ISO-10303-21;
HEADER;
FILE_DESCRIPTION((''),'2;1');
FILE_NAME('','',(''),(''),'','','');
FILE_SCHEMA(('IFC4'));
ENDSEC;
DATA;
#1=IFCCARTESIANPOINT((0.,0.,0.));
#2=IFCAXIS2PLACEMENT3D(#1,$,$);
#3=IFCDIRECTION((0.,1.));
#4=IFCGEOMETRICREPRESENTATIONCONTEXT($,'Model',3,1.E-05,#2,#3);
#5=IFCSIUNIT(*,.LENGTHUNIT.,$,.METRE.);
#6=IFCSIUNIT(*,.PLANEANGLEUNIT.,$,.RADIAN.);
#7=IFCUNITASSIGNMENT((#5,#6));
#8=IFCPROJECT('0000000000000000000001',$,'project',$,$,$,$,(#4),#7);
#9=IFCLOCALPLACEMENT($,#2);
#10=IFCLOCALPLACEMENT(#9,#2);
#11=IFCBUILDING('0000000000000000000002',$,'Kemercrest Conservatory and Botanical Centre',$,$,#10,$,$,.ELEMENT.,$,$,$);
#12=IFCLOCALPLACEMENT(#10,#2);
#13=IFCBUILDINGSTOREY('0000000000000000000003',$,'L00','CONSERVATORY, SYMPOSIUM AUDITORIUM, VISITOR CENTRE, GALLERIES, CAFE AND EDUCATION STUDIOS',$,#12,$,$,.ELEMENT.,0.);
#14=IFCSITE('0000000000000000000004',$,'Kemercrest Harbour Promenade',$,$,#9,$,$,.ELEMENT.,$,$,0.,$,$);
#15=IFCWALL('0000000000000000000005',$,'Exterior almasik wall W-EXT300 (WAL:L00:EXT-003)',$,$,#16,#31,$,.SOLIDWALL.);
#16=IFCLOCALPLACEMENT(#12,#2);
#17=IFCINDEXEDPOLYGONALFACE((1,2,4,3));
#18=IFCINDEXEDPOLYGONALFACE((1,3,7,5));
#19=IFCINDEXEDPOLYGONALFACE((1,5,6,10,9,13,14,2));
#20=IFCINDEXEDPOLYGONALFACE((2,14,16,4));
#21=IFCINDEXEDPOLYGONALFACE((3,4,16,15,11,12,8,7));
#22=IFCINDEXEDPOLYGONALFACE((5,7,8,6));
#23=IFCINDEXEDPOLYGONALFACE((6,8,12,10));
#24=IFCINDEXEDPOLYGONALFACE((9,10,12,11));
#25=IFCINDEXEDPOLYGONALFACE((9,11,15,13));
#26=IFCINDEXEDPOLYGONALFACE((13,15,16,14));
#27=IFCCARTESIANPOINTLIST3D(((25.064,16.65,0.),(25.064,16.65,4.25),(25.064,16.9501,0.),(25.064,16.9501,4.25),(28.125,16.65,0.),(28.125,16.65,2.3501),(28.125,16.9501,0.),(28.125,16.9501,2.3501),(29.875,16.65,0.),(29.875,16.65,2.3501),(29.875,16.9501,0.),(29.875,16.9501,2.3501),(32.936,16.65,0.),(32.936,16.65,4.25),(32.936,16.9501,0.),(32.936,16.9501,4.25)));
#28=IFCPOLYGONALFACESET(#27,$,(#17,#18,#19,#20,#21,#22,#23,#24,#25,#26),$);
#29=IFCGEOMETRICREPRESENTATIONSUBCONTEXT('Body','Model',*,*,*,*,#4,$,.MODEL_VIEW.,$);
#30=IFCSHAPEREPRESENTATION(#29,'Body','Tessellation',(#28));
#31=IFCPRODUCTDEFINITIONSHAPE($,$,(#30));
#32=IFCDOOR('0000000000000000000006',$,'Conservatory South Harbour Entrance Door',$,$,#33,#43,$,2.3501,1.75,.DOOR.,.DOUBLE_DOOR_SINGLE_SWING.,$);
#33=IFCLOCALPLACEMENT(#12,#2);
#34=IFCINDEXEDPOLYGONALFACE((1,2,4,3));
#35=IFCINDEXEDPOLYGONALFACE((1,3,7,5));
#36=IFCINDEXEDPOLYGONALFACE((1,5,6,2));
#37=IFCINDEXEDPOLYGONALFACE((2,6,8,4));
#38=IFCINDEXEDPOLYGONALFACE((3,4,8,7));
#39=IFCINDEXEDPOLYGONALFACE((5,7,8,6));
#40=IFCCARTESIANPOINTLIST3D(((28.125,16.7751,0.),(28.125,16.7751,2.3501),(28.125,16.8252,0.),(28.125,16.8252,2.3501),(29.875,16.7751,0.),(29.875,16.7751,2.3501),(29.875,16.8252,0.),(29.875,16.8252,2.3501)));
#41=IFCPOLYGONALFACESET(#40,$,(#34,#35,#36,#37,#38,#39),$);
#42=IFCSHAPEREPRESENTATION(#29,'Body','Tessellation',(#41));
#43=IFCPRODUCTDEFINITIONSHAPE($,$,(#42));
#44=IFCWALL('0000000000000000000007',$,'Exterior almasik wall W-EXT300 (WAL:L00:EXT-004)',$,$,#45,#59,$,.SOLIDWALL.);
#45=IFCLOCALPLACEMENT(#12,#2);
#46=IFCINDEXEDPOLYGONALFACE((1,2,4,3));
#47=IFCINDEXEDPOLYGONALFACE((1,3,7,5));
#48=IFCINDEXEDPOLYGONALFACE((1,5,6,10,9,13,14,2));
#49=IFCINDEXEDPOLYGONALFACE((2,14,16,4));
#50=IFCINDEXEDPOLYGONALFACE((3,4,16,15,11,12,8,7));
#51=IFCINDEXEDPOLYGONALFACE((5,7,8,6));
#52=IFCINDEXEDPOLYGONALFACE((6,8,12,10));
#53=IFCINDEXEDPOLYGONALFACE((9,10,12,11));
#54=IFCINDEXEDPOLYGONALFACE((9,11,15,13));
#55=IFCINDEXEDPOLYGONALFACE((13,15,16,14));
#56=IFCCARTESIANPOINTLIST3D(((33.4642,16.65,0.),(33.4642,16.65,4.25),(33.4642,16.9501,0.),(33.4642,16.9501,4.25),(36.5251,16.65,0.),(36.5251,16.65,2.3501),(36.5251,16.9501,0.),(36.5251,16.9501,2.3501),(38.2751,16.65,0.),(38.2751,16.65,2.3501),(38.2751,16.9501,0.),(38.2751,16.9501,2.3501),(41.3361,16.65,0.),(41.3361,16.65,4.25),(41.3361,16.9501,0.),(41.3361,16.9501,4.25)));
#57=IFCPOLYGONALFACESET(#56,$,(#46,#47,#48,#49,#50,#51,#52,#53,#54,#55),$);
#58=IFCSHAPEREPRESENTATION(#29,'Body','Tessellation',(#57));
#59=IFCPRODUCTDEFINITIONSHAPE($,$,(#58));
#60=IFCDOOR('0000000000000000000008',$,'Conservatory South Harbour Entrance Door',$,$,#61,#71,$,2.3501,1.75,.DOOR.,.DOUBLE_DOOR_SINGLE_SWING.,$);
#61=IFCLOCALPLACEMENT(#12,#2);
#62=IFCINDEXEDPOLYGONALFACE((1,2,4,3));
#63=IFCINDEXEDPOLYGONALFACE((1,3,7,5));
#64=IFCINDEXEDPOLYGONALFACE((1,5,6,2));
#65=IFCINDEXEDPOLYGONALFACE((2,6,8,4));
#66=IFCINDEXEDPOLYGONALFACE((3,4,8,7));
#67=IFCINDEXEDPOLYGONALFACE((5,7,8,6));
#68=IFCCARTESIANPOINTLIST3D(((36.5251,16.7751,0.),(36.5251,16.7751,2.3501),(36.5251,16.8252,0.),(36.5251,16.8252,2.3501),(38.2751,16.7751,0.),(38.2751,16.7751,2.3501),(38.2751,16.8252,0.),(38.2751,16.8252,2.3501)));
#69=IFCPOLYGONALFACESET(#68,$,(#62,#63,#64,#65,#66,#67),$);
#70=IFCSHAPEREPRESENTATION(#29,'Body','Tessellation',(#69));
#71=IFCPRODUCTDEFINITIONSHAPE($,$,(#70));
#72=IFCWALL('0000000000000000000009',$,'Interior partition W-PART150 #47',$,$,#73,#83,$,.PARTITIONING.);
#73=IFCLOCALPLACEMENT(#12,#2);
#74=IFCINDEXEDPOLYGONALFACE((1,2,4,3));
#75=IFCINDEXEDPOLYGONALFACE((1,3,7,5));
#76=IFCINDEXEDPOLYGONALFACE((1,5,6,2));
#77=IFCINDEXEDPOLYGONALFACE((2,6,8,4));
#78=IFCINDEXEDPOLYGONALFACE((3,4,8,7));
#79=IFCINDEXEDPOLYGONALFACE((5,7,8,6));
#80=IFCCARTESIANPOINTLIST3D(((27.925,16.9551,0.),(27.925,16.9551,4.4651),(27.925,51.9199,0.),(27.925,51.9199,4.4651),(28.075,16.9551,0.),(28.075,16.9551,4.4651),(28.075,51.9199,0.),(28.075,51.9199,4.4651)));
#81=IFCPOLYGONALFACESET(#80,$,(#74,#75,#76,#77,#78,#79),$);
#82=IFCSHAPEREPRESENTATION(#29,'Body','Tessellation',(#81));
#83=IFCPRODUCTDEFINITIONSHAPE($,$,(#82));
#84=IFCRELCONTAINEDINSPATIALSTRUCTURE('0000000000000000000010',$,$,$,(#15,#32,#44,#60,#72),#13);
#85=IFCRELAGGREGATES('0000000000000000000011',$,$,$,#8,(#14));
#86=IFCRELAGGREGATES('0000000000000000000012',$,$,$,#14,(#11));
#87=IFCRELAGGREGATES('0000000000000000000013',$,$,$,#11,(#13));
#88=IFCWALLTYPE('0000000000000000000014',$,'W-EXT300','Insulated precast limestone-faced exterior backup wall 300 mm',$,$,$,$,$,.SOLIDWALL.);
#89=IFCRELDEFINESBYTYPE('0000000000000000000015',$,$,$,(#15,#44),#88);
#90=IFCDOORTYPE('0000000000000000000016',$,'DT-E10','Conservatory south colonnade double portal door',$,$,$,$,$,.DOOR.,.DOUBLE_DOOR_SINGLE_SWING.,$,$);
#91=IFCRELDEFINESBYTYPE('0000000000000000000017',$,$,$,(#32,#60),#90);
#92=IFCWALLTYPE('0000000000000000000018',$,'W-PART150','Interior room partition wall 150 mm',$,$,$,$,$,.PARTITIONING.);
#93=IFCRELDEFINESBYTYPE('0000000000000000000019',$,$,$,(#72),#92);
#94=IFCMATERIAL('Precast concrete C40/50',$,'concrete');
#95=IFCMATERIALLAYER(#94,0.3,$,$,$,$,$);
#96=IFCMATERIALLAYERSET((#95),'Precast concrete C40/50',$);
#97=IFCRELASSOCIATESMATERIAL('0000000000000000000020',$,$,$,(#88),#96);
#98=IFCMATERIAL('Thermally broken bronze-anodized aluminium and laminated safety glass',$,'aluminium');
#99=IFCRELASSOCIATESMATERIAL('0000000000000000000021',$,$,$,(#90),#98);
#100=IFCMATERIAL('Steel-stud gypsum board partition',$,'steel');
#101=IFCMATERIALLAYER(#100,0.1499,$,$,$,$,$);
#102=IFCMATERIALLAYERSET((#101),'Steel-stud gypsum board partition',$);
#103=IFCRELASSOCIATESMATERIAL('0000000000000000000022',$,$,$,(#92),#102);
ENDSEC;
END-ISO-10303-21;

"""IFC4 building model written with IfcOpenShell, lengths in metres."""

from ifc_helpers import new_model, si_unit, direction, frame, frame_2d, origin, place, context, subcontext, project, spatial, rectangle, extrude, material, layer, layer_set, type_object, element, fill, save


model = new_model("IFC4")

# Units and contexts
model_context = context("Model", 3, precision=1e-05, world=origin(), true_north=direction((0.0, 1.0)))
body_context = subcontext(model_context, "Body", "Model", "MODEL_VIEW")
ifc_project = project(units=[si_unit("LENGTHUNIT", "METRE"), si_unit("PLANEANGLEUNIT", "RADIAN")], contexts=[model_context])

# Site, building, storey
site_placement = place(None, origin())
site = spatial("IfcSite", under=ifc_project, at=site_placement, Name="Kemercrest Harbour Promenade", CompositionType="ELEMENT", RefElevation=0.0)
building_placement = place(site_placement, origin())
building = spatial("IfcBuilding", under=site, at=building_placement, Name="Kemercrest Conservatory and Botanical Centre", CompositionType="ELEMENT")
storey_placement = place(building_placement, origin())
storey = spatial("IfcBuildingStorey", under=building, at=storey_placement, Name="L00", Description="CONSERVATORY, SYMPOSIUM AUDITORIUM, VISITOR CENTRE, GALLERIES, CAFE AND EDUCATION STUDIOS", CompositionType="ELEMENT", Elevation=0.0)

# Shared definitions
ifc_material_1 = material(Name="Precast concrete C40/50", Category="concrete")

# Walls, openings, doors
ifc_layer_1 = layer(ifc_material_1, 0.3)
ifc_layer_set_1 = layer_set([ifc_layer_1], Name="Precast concrete C40/50")
wall_type_1 = type_object("IfcWallType", Name="W-EXT300", Description="Insulated precast limestone-faced exterior backup wall 300 mm", PredefinedType="SOLIDWALL", material=ifc_layer_set_1)
wall_1_placement = place(storey_placement, frame((25.064, 16.8, 0.0), z_axis=(0.0, 0.0, 1.0), x_axis=(1.0, 0.0, 0.0)))
wall_1 = element("IfcWall", 1, at=wall_1_placement, inside=storey, type_object=wall_type_1, Name="Exterior almasik wall W-EXT300 (WAL:L00:EXT-003)", PredefinedType="SOLIDWALL", context=body_context, shape_type="SweptSolid", body=[
    extrude(rectangle(XDim=7.8721, YDim=0.3, at=frame_2d((3.936, 0.0))), origin(), (0.0, 0.0, 1.0), 4.25),
])
opening_1_placement = place(wall_1_placement, frame((3.061, 0.0, 0.0)))
opening_1 = element("IfcOpeningElement", 2, at=opening_1_placement, cuts=wall_1, PredefinedType="OPENING", context=body_context, shape_type="SweptSolid", body=[
    extrude(rectangle(XDim=1.75, YDim=2.3501, at=frame_2d((0.875, 1.175))), frame((0.0, 0.1602, 0.0), z_axis=(0.0, -1.0, 0.0), x_axis=(1.0, 0.0, 0.0)), (0.0, 0.0, 1.0), 0.3201),
])
ifc_material_2 = material(Name="Thermally broken bronze-anodized aluminium and laminated safety glass", Category="aluminium")
door_type = type_object("IfcDoorType", Name="DT-E10", Description="Conservatory south colonnade double portal door", OperationType="DOUBLE_DOOR_SINGLE_SWING", PredefinedType="DOOR", material=ifc_material_2)
door_1_placement = place(opening_1_placement, frame((1.75, 0.0, 0.0), z_axis=(0.0, 0.0, 1.0), x_axis=(-1.0, 0.0, 0.0)))
door_1 = element("IfcDoor", 3, at=door_1_placement, inside=storey, type_object=door_type, Name="Conservatory South Harbour Entrance Door", OperationType="DOUBLE_DOOR_SINGLE_SWING", OverallHeight=2.3501, OverallWidth=1.75, PredefinedType="DOOR", context=body_context, shape_type="SweptSolid", body=[
    extrude(rectangle(XDim=1.75, YDim=2.3501, at=frame_2d((0.875, 1.175))), frame((0.0, 0.0249, 0.0), z_axis=(0.0, -1.0, 0.0), x_axis=(1.0, 0.0, 0.0)), (0.0, 0.0, 1.0), 0.05),
])
fill(opening_1, door_1)
wall_2_placement = place(storey_placement, frame((33.4641, 16.8, 0.0), z_axis=(0.0, 0.0, 1.0), x_axis=(1.0, 0.0, 0.0)))
wall_2 = element("IfcWall", 4, at=wall_2_placement, inside=storey, type_object=wall_type_1, Name="Exterior almasik wall W-EXT300 (WAL:L00:EXT-004)", PredefinedType="SOLIDWALL", context=body_context, shape_type="SweptSolid", body=[
    extrude(rectangle(XDim=7.8718, YDim=0.3, at=frame_2d((3.936, 0.0))), origin(), (0.0, 0.0, 1.0), 4.25),
])
opening_2_placement = place(wall_2_placement, frame((3.061, 0.0, 0.0)))
opening_2 = element("IfcOpeningElement", 5, at=opening_2_placement, cuts=wall_2, PredefinedType="OPENING", context=body_context, shape_type="SweptSolid", body=[
    extrude(rectangle(XDim=1.75, YDim=2.3501, at=frame_2d((0.875, 1.175))), frame((0.0, 0.1602, 0.0), z_axis=(0.0, -1.0, 0.0), x_axis=(1.0, 0.0, 0.0)), (0.0, 0.0, 1.0), 0.3201),
])
door_2_placement = place(opening_2_placement, frame((1.75, 0.0, 0.0), z_axis=(0.0, 0.0, 1.0), x_axis=(-1.0, 0.0, 0.0)))
door_2 = element("IfcDoor", 6, at=door_2_placement, inside=storey, type_object=door_type, Name="Conservatory South Harbour Entrance Door", OperationType="DOUBLE_DOOR_SINGLE_SWING", OverallHeight=2.3501, OverallWidth=1.75, PredefinedType="DOOR", context=body_context, shape_type="SweptSolid", body=[
    extrude(rectangle(XDim=1.75, YDim=2.3501, at=frame_2d((0.875, 1.175))), frame((0.0, 0.0249, 0.0), z_axis=(0.0, -1.0, 0.0), x_axis=(1.0, 0.0, 0.0)), (0.0, 0.0, 1.0), 0.05),
])
fill(opening_2, door_2)

# Wall
ifc_material_3 = material(Name="Steel-stud gypsum board partition", Category="steel")
ifc_layer_2 = layer(ifc_material_3, 0.1499)
ifc_layer_set_2 = layer_set([ifc_layer_2], Name="Steel-stud gypsum board partition")
wall_type_2 = type_object("IfcWallType", Name="W-PART150", Description="Interior room partition wall 150 mm", PredefinedType="PARTITIONING", material=ifc_layer_set_2)
wall_3_placement = place(storey_placement, frame((28.0, 16.9551, 0.0), z_axis=(0.0, 0.0, 1.0), x_axis=(0.0, 1.0, 0.0)))
element("IfcWall", 7, at=wall_3_placement, inside=storey, type_object=wall_type_2, Name="Interior partition W-PART150 #47", PredefinedType="PARTITIONING", context=body_context, shape_type="SweptSolid", body=[
    extrude(rectangle(XDim=34.9648, YDim=0.1499, at=frame_2d((17.4824, 0.0))), origin(), (0.0, 0.0, 1.0), 4.4651),
])

save(model, "model.ifc")
